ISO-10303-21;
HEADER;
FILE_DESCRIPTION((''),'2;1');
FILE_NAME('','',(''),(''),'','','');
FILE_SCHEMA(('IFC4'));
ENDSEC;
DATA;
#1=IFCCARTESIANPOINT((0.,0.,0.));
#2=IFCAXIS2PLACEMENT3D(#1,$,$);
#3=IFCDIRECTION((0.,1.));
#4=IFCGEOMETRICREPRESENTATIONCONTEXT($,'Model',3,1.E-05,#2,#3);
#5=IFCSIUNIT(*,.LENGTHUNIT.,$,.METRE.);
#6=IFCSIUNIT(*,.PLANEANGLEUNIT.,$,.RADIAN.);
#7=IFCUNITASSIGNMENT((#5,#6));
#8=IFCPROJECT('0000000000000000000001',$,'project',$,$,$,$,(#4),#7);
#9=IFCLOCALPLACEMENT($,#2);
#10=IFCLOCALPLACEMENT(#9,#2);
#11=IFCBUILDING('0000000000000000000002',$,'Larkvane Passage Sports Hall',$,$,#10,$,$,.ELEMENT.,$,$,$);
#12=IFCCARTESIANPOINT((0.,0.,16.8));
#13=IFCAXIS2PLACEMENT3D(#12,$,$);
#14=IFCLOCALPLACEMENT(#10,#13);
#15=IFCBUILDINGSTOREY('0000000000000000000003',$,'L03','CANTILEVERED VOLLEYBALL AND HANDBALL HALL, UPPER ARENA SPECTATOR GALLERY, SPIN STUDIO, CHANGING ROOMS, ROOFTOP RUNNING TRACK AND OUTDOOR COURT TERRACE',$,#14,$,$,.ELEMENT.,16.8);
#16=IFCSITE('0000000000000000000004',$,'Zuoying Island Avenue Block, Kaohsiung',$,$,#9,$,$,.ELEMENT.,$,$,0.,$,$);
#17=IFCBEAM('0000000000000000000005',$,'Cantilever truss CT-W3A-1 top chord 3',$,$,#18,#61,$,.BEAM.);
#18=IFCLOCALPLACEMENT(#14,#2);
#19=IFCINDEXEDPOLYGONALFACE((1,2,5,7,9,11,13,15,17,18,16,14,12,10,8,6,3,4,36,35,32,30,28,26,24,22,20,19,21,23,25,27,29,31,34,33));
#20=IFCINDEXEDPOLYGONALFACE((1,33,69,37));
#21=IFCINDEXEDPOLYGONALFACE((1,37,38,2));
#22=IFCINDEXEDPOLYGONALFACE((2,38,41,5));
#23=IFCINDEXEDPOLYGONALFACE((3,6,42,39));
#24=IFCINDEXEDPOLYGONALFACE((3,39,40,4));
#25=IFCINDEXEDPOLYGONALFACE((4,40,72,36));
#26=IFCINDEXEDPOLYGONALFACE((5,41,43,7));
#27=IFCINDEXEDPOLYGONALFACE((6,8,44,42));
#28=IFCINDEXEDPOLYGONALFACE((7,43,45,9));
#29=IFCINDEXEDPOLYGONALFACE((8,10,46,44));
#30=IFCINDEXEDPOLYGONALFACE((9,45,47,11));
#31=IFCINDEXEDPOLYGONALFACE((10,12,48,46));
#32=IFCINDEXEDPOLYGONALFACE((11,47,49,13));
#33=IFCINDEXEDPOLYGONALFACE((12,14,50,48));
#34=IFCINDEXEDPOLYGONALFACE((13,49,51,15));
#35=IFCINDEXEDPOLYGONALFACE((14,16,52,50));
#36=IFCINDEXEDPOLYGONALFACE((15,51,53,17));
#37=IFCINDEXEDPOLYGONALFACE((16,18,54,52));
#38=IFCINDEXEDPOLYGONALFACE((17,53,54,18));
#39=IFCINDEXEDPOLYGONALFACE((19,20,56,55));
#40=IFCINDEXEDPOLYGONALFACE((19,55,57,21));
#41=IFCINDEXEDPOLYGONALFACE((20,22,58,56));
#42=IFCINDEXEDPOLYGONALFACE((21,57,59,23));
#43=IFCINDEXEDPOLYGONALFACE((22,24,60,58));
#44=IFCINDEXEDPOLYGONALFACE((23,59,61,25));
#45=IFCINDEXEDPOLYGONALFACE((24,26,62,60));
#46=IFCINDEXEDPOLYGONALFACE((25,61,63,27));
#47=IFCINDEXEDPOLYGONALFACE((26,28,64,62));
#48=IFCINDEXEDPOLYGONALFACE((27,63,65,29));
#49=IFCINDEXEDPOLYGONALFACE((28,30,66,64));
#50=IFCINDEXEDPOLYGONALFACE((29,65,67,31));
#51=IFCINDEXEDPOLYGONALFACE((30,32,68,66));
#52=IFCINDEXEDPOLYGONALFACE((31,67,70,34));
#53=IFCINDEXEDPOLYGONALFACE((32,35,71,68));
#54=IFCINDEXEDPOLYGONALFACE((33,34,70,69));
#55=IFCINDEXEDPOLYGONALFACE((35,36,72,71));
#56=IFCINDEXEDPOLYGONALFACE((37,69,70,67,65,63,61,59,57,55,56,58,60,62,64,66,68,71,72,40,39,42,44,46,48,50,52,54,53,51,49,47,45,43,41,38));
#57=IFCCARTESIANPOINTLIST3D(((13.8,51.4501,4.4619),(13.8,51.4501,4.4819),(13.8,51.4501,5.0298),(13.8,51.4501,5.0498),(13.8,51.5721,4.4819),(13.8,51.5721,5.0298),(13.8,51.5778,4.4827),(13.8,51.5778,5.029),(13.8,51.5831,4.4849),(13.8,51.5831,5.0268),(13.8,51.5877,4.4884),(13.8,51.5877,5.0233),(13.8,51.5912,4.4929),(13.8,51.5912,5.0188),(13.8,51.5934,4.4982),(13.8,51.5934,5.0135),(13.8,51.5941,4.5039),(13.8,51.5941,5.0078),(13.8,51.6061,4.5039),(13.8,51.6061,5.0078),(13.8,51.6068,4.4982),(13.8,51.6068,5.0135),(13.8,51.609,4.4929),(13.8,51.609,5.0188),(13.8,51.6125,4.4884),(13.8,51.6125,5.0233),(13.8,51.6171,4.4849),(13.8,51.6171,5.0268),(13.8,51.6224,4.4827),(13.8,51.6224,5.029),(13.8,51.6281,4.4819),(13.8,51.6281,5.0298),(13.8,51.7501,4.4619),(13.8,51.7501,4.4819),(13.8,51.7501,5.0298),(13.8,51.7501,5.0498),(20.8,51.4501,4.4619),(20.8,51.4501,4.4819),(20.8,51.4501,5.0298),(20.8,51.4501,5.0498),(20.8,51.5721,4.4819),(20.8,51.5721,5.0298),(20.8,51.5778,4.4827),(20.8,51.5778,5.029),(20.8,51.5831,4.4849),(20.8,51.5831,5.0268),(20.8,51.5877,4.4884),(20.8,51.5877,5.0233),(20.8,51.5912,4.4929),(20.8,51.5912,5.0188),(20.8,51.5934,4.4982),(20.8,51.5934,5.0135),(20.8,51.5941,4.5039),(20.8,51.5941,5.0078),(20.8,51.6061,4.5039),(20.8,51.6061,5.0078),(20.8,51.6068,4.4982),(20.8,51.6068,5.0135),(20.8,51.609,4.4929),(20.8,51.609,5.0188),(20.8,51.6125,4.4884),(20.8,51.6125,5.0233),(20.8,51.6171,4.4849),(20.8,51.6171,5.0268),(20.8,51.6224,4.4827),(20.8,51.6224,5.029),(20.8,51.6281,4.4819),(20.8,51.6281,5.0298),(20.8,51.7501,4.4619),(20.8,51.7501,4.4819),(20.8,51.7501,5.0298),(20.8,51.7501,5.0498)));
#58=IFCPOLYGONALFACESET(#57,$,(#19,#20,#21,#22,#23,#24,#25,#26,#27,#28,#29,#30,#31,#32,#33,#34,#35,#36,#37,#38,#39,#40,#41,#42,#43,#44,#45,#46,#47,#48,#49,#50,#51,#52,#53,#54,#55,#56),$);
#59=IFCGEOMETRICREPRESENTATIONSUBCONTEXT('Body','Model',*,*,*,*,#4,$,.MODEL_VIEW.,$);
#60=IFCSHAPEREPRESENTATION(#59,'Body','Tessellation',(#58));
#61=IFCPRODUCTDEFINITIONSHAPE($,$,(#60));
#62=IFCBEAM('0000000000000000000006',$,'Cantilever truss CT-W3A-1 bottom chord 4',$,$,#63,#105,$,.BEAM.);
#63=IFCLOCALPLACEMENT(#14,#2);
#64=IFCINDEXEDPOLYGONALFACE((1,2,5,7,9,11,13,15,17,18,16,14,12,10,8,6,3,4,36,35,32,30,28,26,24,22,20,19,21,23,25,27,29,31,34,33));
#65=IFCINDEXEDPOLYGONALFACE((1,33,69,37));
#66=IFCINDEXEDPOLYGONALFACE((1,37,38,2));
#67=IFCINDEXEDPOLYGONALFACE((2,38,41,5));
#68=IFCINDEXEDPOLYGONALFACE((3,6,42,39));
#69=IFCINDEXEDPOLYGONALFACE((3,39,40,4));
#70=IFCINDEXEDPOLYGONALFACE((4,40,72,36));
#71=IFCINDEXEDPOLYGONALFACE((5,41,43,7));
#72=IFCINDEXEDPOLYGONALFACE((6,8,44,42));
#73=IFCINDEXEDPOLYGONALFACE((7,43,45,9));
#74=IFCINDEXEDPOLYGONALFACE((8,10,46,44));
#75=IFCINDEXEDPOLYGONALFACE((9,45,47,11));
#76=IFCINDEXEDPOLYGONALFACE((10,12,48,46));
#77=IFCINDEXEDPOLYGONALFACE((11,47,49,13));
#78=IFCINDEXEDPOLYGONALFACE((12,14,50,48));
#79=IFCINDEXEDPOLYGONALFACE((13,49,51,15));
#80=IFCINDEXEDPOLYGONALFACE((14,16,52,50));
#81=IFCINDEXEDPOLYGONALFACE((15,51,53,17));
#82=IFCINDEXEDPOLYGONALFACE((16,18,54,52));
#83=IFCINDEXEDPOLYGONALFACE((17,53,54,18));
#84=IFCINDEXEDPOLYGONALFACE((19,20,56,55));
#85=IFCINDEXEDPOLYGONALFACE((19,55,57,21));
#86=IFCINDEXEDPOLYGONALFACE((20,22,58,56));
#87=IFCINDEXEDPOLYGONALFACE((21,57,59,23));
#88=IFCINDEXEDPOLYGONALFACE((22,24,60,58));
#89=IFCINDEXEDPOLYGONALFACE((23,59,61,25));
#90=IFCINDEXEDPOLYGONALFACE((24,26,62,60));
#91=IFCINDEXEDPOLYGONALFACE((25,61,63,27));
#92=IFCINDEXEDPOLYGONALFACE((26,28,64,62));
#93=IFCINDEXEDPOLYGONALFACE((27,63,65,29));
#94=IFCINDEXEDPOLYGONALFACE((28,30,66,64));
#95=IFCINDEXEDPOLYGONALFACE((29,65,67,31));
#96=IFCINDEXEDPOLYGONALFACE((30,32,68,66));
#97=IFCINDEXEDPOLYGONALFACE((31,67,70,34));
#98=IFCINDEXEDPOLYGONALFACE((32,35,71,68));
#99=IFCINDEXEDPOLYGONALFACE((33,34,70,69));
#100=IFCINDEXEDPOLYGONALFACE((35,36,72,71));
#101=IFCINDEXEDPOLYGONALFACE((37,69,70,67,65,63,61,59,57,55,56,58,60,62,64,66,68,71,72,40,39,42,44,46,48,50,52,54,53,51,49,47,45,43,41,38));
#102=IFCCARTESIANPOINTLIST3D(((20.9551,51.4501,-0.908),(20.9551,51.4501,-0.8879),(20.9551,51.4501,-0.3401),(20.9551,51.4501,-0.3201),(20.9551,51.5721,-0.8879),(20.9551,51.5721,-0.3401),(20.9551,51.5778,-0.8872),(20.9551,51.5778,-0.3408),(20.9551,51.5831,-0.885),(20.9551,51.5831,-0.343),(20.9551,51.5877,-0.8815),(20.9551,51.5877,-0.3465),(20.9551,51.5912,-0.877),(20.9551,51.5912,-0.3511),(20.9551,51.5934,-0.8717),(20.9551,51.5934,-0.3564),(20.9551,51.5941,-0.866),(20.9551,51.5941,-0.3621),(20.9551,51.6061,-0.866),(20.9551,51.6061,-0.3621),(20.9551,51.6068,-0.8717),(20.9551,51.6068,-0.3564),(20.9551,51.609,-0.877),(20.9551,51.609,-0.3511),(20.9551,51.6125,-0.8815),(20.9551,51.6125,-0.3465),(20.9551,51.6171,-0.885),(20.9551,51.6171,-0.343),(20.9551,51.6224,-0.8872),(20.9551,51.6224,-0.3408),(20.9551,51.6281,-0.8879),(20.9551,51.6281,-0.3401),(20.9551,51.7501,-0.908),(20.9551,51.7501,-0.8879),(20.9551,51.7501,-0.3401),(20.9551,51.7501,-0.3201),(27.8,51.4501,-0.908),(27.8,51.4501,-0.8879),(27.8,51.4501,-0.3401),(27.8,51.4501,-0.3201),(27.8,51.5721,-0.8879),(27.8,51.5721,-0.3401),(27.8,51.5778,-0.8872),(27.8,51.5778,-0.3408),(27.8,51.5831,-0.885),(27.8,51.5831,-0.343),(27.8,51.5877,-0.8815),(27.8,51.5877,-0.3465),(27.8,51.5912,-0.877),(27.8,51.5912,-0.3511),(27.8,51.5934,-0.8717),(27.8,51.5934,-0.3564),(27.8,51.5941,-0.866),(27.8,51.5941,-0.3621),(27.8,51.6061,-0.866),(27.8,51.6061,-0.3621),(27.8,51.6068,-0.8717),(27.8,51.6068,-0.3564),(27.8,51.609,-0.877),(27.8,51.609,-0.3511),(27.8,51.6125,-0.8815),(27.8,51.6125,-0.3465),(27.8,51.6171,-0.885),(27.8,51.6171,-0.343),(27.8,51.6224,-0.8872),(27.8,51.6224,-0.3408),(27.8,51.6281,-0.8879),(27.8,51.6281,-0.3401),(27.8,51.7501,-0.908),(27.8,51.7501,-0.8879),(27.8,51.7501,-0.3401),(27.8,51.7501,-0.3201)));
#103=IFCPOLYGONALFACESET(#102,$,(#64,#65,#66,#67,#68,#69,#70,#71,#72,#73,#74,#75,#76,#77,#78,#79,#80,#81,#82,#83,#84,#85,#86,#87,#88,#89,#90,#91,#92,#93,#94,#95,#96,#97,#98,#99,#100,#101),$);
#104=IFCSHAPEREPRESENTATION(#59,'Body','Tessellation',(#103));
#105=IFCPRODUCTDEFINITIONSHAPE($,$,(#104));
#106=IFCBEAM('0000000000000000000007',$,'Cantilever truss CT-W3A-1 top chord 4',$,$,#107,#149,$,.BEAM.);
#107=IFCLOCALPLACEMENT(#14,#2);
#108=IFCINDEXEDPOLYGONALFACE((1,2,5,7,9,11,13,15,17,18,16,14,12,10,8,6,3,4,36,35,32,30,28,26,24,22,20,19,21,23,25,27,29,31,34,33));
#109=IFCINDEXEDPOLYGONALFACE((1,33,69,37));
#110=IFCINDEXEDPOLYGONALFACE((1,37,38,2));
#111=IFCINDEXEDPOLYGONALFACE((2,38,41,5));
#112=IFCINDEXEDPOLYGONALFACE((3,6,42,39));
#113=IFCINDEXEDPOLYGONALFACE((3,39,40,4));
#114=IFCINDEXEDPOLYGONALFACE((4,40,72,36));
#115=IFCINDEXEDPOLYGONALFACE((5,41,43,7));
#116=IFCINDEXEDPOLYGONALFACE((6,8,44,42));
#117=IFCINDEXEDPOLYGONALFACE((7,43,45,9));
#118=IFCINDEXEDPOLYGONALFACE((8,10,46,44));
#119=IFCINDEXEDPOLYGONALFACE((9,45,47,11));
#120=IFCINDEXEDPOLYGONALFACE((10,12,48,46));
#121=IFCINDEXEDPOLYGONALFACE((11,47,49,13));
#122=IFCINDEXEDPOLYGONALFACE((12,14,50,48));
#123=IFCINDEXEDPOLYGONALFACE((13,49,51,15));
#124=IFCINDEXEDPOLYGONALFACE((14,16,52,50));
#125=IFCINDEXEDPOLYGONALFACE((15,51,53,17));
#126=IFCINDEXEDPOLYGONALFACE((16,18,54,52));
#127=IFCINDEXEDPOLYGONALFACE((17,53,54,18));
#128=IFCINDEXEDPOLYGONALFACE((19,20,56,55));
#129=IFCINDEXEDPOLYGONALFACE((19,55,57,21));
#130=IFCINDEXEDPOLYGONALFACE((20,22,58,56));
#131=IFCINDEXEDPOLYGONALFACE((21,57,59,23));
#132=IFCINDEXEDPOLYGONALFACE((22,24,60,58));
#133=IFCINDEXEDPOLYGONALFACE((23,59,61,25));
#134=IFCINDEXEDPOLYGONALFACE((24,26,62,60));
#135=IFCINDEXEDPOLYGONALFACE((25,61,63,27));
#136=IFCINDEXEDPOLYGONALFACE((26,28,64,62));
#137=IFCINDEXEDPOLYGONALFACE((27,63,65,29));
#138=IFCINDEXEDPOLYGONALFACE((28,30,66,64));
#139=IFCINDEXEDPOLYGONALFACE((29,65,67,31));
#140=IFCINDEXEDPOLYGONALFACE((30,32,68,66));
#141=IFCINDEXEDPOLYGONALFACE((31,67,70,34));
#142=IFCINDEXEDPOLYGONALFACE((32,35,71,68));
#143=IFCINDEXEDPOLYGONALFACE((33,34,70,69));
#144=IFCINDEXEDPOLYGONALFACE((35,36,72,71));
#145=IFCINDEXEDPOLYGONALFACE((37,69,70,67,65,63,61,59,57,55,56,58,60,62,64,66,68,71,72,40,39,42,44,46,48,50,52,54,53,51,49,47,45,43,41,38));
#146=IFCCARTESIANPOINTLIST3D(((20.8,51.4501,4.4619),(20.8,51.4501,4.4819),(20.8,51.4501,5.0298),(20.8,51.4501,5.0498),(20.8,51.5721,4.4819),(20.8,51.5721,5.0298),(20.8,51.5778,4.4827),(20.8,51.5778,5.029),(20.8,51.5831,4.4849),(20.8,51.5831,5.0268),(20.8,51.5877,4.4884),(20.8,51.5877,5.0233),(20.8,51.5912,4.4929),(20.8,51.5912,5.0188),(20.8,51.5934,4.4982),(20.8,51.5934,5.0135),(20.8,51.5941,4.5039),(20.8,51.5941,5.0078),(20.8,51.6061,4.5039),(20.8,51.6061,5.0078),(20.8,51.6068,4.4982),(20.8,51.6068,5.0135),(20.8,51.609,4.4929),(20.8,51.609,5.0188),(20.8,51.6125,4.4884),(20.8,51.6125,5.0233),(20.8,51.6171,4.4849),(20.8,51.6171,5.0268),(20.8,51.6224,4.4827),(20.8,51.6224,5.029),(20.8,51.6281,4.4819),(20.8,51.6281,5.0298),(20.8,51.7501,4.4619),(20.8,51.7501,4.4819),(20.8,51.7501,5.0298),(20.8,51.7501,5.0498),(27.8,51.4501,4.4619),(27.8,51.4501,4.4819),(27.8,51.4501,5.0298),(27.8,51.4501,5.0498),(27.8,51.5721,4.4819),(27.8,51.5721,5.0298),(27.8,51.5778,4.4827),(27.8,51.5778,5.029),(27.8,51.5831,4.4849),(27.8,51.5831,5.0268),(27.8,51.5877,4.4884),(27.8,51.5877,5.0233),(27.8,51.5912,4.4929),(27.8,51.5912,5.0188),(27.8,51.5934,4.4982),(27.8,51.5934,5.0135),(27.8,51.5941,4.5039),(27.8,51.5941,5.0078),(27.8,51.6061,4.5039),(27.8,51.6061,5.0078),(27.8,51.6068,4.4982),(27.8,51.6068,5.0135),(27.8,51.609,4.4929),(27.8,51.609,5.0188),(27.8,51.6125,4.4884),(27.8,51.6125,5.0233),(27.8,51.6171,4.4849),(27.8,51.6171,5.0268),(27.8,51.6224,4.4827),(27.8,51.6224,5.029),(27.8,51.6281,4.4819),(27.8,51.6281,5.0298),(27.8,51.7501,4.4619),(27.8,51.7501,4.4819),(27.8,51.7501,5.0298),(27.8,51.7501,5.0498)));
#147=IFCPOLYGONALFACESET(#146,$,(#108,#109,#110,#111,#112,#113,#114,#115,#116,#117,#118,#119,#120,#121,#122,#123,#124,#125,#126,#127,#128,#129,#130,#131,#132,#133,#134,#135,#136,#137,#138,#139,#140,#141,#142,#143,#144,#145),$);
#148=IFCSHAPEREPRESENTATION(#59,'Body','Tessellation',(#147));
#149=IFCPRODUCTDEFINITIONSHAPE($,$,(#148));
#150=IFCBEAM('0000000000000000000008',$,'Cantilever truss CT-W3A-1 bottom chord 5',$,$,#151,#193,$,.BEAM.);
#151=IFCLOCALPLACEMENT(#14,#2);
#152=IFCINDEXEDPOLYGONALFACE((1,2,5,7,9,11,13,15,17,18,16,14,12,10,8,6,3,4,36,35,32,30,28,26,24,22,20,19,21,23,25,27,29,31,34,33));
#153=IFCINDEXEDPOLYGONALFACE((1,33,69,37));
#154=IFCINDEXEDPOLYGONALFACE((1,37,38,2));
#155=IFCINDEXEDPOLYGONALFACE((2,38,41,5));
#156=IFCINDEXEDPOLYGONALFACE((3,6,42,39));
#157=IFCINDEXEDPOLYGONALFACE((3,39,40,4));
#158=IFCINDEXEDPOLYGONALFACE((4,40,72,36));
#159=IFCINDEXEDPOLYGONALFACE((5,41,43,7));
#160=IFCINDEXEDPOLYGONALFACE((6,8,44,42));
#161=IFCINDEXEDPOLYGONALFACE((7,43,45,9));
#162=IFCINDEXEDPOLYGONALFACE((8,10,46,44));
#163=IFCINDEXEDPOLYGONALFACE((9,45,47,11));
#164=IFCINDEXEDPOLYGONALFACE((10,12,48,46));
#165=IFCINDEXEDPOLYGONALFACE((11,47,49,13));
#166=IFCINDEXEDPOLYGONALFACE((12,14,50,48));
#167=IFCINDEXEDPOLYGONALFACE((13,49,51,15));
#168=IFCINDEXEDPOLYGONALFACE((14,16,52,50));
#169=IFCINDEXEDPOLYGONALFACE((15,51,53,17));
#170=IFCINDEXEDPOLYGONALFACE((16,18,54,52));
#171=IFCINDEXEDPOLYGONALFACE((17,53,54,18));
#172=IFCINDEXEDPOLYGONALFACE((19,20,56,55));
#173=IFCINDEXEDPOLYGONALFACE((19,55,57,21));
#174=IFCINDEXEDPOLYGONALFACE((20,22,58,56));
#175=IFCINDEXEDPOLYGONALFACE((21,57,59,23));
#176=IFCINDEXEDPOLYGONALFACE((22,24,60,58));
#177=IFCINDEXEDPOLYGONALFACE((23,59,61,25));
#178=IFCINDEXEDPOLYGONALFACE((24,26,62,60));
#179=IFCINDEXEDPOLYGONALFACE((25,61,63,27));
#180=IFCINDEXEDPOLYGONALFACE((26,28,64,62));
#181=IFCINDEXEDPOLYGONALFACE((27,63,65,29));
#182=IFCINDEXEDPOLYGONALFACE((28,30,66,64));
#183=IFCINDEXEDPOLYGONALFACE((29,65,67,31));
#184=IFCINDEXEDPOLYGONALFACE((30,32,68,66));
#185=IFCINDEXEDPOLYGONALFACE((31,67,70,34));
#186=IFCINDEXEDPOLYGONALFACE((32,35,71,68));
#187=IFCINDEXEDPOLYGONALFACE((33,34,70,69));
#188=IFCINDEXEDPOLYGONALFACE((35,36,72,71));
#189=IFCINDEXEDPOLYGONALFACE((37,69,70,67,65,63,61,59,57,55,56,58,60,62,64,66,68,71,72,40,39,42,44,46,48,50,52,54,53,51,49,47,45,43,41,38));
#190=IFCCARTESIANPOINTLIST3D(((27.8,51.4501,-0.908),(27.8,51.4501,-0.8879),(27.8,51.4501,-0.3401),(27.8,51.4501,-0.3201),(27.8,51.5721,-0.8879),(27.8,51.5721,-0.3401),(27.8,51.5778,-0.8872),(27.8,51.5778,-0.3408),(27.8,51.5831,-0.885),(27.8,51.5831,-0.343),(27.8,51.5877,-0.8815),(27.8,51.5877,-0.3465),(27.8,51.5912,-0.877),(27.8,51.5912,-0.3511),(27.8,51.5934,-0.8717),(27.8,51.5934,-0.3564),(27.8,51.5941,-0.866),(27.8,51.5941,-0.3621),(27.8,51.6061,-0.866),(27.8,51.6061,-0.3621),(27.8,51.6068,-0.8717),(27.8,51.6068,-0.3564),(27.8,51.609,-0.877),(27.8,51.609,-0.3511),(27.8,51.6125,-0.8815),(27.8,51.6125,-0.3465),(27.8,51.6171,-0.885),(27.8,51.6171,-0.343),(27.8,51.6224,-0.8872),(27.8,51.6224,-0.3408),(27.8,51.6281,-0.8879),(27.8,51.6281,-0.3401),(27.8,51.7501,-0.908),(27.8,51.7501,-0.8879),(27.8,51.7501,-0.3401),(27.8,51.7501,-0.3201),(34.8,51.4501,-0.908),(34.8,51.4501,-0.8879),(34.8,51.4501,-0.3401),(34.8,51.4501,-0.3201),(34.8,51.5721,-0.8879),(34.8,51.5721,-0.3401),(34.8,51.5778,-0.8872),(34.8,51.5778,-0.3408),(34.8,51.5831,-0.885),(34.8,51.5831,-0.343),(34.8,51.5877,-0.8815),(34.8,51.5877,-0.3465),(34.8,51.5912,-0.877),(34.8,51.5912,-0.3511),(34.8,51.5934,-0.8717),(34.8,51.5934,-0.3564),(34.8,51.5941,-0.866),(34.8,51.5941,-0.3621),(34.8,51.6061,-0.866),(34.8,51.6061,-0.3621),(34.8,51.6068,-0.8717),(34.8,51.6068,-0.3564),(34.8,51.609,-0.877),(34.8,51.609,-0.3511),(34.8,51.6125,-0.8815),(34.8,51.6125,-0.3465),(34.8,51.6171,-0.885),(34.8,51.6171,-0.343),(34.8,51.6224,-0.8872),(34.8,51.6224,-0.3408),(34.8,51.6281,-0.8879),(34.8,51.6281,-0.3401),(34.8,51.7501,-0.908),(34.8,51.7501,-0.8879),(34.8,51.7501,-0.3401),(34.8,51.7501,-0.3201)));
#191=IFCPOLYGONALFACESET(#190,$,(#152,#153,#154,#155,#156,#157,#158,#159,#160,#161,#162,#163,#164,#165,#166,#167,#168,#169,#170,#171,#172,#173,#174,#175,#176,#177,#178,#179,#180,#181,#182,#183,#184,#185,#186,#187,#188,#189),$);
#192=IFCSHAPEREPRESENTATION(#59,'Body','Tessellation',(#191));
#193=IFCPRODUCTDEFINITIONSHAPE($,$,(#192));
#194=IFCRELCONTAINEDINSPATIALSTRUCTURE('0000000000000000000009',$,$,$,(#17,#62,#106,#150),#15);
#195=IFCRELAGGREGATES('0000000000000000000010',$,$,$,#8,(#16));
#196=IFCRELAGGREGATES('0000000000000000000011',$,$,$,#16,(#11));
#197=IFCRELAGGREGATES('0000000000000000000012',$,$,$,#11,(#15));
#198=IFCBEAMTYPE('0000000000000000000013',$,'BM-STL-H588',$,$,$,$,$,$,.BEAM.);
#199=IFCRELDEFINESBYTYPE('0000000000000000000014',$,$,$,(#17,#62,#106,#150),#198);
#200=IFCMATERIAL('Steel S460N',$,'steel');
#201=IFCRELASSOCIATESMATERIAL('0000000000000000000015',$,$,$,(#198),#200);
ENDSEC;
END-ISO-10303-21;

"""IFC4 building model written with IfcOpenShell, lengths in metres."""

from ifc_helpers import new_model, si_unit, direction, frame, origin, origin_2d, place, context, subcontext, project, spatial, i_section, extrude, material, material_profile, profile_set, type_object, element, save


model = new_model("IFC4")

# Units and contexts
model_context = context("Model", 3, precision=1e-05, world=origin(), true_north=direction((0.0, 1.0)))
body_context = subcontext(model_context, "Body", "Model", "MODEL_VIEW")
ifc_project = project(units=[si_unit("LENGTHUNIT", "METRE"), si_unit("PLANEANGLEUNIT", "RADIAN")], contexts=[model_context])

# Site, building, storey
site_placement = place(None, origin())
site = spatial("IfcSite", under=ifc_project, at=site_placement, Name="Zuoying Island Avenue Block, Kaohsiung", CompositionType="ELEMENT", RefElevation=0.0)
building_placement = place(site_placement, origin())
building = spatial("IfcBuilding", under=site, at=building_placement, Name="Larkvane Passage Sports Hall", CompositionType="ELEMENT")
storey_placement = place(building_placement, frame((0.0, 0.0, 16.8)))
storey = spatial("IfcBuildingStorey", under=building, at=storey_placement, Name="L03", Description="CANTILEVERED VOLLEYBALL AND HANDBALL HALL, UPPER ARENA SPECTATOR GALLERY, SPIN STUDIO, CHANGING ROOMS, ROOFTOP RUNNING TRACK AND OUTDOOR COURT TERRACE", CompositionType="ELEMENT", Elevation=16.8)

# Shared definitions
ifc_material_1 = material(Name="Steel S460N", Category="steel")

# Beams
ifc_material_profile_1 = material_profile(ifc_material_1, i_section(OverallWidth=0.3, OverallDepth=0.5879, WebThickness=0.012, FlangeThickness=0.02, FilletRadius=0.022, at=origin_2d()), Name="H-588x300x12x20")
ifc_profile_set_1 = profile_set([ifc_material_profile_1], Name="Steel S460N")
beam_type_1 = type_object("IfcBeamType", Name="BM-STL-H588", PredefinedType="BEAM", material=ifc_profile_set_1)
beam_1_placement = place(storey_placement, frame((13.8, 51.6001, 4.7559), z_axis=(1.0, 0.0, 0.0), x_axis=(0.0, 1.0, 0.0)))
element("IfcBeam", 1, at=beam_1_placement, inside=storey, type_object=beam_type_1, Name="Cantilever truss CT-W3A-1 top chord 3", PredefinedType="BEAM", context=body_context, shape_type="SweptSolid", body=[
    extrude(i_section(OverallWidth=0.3, OverallDepth=0.5879, WebThickness=0.012, FlangeThickness=0.02, FilletRadius=0.022, at=origin_2d()), origin(), (0.0, 0.0, 1.0), 7.0),
])
beam_2_placement = place(storey_placement, frame((20.9551, 51.6001, -0.614), z_axis=(1.0, 0.0, 0.0), x_axis=(0.0, 1.0, 0.0)))
element("IfcBeam", 2, at=beam_2_placement, inside=storey, type_object=beam_type_1, Name="Cantilever truss CT-W3A-1 bottom chord 4", PredefinedType="BEAM", context=body_context, shape_type="SweptSolid", body=[
    extrude(i_section(OverallWidth=0.3, OverallDepth=0.5879, WebThickness=0.012, FlangeThickness=0.02, FilletRadius=0.022, at=origin_2d()), origin(), (0.0, 0.0, 1.0), 6.845),
])
for number, where, z_axis, x_axis, name in (
    (3, (20.8, 51.6001, 4.7559), (1.0, 0.0, 0.0), (0.0, 1.0, 0.0), "Cantilever truss CT-W3A-1 top chord 4"),
    (4, (27.8, 51.6001, -0.614), (1.0, 0.0, 0.0), (0.0, 1.0, 0.0), "Cantilever truss CT-W3A-1 bottom chord 5"),
):
    element("IfcBeam", number, at=place(storey_placement, frame(where, z_axis=z_axis, x_axis=x_axis)), inside=storey, type_object=beam_type_1, Name=name, PredefinedType="BEAM", context=body_context, shape_type="SweptSolid", body=[
        extrude(i_section(OverallWidth=0.3, OverallDepth=0.5879, WebThickness=0.012, FlangeThickness=0.02, FilletRadius=0.022, at=origin_2d()), origin(), (0.0, 0.0, 1.0), 7.0),
    ])

save(model, "model.ifc")
